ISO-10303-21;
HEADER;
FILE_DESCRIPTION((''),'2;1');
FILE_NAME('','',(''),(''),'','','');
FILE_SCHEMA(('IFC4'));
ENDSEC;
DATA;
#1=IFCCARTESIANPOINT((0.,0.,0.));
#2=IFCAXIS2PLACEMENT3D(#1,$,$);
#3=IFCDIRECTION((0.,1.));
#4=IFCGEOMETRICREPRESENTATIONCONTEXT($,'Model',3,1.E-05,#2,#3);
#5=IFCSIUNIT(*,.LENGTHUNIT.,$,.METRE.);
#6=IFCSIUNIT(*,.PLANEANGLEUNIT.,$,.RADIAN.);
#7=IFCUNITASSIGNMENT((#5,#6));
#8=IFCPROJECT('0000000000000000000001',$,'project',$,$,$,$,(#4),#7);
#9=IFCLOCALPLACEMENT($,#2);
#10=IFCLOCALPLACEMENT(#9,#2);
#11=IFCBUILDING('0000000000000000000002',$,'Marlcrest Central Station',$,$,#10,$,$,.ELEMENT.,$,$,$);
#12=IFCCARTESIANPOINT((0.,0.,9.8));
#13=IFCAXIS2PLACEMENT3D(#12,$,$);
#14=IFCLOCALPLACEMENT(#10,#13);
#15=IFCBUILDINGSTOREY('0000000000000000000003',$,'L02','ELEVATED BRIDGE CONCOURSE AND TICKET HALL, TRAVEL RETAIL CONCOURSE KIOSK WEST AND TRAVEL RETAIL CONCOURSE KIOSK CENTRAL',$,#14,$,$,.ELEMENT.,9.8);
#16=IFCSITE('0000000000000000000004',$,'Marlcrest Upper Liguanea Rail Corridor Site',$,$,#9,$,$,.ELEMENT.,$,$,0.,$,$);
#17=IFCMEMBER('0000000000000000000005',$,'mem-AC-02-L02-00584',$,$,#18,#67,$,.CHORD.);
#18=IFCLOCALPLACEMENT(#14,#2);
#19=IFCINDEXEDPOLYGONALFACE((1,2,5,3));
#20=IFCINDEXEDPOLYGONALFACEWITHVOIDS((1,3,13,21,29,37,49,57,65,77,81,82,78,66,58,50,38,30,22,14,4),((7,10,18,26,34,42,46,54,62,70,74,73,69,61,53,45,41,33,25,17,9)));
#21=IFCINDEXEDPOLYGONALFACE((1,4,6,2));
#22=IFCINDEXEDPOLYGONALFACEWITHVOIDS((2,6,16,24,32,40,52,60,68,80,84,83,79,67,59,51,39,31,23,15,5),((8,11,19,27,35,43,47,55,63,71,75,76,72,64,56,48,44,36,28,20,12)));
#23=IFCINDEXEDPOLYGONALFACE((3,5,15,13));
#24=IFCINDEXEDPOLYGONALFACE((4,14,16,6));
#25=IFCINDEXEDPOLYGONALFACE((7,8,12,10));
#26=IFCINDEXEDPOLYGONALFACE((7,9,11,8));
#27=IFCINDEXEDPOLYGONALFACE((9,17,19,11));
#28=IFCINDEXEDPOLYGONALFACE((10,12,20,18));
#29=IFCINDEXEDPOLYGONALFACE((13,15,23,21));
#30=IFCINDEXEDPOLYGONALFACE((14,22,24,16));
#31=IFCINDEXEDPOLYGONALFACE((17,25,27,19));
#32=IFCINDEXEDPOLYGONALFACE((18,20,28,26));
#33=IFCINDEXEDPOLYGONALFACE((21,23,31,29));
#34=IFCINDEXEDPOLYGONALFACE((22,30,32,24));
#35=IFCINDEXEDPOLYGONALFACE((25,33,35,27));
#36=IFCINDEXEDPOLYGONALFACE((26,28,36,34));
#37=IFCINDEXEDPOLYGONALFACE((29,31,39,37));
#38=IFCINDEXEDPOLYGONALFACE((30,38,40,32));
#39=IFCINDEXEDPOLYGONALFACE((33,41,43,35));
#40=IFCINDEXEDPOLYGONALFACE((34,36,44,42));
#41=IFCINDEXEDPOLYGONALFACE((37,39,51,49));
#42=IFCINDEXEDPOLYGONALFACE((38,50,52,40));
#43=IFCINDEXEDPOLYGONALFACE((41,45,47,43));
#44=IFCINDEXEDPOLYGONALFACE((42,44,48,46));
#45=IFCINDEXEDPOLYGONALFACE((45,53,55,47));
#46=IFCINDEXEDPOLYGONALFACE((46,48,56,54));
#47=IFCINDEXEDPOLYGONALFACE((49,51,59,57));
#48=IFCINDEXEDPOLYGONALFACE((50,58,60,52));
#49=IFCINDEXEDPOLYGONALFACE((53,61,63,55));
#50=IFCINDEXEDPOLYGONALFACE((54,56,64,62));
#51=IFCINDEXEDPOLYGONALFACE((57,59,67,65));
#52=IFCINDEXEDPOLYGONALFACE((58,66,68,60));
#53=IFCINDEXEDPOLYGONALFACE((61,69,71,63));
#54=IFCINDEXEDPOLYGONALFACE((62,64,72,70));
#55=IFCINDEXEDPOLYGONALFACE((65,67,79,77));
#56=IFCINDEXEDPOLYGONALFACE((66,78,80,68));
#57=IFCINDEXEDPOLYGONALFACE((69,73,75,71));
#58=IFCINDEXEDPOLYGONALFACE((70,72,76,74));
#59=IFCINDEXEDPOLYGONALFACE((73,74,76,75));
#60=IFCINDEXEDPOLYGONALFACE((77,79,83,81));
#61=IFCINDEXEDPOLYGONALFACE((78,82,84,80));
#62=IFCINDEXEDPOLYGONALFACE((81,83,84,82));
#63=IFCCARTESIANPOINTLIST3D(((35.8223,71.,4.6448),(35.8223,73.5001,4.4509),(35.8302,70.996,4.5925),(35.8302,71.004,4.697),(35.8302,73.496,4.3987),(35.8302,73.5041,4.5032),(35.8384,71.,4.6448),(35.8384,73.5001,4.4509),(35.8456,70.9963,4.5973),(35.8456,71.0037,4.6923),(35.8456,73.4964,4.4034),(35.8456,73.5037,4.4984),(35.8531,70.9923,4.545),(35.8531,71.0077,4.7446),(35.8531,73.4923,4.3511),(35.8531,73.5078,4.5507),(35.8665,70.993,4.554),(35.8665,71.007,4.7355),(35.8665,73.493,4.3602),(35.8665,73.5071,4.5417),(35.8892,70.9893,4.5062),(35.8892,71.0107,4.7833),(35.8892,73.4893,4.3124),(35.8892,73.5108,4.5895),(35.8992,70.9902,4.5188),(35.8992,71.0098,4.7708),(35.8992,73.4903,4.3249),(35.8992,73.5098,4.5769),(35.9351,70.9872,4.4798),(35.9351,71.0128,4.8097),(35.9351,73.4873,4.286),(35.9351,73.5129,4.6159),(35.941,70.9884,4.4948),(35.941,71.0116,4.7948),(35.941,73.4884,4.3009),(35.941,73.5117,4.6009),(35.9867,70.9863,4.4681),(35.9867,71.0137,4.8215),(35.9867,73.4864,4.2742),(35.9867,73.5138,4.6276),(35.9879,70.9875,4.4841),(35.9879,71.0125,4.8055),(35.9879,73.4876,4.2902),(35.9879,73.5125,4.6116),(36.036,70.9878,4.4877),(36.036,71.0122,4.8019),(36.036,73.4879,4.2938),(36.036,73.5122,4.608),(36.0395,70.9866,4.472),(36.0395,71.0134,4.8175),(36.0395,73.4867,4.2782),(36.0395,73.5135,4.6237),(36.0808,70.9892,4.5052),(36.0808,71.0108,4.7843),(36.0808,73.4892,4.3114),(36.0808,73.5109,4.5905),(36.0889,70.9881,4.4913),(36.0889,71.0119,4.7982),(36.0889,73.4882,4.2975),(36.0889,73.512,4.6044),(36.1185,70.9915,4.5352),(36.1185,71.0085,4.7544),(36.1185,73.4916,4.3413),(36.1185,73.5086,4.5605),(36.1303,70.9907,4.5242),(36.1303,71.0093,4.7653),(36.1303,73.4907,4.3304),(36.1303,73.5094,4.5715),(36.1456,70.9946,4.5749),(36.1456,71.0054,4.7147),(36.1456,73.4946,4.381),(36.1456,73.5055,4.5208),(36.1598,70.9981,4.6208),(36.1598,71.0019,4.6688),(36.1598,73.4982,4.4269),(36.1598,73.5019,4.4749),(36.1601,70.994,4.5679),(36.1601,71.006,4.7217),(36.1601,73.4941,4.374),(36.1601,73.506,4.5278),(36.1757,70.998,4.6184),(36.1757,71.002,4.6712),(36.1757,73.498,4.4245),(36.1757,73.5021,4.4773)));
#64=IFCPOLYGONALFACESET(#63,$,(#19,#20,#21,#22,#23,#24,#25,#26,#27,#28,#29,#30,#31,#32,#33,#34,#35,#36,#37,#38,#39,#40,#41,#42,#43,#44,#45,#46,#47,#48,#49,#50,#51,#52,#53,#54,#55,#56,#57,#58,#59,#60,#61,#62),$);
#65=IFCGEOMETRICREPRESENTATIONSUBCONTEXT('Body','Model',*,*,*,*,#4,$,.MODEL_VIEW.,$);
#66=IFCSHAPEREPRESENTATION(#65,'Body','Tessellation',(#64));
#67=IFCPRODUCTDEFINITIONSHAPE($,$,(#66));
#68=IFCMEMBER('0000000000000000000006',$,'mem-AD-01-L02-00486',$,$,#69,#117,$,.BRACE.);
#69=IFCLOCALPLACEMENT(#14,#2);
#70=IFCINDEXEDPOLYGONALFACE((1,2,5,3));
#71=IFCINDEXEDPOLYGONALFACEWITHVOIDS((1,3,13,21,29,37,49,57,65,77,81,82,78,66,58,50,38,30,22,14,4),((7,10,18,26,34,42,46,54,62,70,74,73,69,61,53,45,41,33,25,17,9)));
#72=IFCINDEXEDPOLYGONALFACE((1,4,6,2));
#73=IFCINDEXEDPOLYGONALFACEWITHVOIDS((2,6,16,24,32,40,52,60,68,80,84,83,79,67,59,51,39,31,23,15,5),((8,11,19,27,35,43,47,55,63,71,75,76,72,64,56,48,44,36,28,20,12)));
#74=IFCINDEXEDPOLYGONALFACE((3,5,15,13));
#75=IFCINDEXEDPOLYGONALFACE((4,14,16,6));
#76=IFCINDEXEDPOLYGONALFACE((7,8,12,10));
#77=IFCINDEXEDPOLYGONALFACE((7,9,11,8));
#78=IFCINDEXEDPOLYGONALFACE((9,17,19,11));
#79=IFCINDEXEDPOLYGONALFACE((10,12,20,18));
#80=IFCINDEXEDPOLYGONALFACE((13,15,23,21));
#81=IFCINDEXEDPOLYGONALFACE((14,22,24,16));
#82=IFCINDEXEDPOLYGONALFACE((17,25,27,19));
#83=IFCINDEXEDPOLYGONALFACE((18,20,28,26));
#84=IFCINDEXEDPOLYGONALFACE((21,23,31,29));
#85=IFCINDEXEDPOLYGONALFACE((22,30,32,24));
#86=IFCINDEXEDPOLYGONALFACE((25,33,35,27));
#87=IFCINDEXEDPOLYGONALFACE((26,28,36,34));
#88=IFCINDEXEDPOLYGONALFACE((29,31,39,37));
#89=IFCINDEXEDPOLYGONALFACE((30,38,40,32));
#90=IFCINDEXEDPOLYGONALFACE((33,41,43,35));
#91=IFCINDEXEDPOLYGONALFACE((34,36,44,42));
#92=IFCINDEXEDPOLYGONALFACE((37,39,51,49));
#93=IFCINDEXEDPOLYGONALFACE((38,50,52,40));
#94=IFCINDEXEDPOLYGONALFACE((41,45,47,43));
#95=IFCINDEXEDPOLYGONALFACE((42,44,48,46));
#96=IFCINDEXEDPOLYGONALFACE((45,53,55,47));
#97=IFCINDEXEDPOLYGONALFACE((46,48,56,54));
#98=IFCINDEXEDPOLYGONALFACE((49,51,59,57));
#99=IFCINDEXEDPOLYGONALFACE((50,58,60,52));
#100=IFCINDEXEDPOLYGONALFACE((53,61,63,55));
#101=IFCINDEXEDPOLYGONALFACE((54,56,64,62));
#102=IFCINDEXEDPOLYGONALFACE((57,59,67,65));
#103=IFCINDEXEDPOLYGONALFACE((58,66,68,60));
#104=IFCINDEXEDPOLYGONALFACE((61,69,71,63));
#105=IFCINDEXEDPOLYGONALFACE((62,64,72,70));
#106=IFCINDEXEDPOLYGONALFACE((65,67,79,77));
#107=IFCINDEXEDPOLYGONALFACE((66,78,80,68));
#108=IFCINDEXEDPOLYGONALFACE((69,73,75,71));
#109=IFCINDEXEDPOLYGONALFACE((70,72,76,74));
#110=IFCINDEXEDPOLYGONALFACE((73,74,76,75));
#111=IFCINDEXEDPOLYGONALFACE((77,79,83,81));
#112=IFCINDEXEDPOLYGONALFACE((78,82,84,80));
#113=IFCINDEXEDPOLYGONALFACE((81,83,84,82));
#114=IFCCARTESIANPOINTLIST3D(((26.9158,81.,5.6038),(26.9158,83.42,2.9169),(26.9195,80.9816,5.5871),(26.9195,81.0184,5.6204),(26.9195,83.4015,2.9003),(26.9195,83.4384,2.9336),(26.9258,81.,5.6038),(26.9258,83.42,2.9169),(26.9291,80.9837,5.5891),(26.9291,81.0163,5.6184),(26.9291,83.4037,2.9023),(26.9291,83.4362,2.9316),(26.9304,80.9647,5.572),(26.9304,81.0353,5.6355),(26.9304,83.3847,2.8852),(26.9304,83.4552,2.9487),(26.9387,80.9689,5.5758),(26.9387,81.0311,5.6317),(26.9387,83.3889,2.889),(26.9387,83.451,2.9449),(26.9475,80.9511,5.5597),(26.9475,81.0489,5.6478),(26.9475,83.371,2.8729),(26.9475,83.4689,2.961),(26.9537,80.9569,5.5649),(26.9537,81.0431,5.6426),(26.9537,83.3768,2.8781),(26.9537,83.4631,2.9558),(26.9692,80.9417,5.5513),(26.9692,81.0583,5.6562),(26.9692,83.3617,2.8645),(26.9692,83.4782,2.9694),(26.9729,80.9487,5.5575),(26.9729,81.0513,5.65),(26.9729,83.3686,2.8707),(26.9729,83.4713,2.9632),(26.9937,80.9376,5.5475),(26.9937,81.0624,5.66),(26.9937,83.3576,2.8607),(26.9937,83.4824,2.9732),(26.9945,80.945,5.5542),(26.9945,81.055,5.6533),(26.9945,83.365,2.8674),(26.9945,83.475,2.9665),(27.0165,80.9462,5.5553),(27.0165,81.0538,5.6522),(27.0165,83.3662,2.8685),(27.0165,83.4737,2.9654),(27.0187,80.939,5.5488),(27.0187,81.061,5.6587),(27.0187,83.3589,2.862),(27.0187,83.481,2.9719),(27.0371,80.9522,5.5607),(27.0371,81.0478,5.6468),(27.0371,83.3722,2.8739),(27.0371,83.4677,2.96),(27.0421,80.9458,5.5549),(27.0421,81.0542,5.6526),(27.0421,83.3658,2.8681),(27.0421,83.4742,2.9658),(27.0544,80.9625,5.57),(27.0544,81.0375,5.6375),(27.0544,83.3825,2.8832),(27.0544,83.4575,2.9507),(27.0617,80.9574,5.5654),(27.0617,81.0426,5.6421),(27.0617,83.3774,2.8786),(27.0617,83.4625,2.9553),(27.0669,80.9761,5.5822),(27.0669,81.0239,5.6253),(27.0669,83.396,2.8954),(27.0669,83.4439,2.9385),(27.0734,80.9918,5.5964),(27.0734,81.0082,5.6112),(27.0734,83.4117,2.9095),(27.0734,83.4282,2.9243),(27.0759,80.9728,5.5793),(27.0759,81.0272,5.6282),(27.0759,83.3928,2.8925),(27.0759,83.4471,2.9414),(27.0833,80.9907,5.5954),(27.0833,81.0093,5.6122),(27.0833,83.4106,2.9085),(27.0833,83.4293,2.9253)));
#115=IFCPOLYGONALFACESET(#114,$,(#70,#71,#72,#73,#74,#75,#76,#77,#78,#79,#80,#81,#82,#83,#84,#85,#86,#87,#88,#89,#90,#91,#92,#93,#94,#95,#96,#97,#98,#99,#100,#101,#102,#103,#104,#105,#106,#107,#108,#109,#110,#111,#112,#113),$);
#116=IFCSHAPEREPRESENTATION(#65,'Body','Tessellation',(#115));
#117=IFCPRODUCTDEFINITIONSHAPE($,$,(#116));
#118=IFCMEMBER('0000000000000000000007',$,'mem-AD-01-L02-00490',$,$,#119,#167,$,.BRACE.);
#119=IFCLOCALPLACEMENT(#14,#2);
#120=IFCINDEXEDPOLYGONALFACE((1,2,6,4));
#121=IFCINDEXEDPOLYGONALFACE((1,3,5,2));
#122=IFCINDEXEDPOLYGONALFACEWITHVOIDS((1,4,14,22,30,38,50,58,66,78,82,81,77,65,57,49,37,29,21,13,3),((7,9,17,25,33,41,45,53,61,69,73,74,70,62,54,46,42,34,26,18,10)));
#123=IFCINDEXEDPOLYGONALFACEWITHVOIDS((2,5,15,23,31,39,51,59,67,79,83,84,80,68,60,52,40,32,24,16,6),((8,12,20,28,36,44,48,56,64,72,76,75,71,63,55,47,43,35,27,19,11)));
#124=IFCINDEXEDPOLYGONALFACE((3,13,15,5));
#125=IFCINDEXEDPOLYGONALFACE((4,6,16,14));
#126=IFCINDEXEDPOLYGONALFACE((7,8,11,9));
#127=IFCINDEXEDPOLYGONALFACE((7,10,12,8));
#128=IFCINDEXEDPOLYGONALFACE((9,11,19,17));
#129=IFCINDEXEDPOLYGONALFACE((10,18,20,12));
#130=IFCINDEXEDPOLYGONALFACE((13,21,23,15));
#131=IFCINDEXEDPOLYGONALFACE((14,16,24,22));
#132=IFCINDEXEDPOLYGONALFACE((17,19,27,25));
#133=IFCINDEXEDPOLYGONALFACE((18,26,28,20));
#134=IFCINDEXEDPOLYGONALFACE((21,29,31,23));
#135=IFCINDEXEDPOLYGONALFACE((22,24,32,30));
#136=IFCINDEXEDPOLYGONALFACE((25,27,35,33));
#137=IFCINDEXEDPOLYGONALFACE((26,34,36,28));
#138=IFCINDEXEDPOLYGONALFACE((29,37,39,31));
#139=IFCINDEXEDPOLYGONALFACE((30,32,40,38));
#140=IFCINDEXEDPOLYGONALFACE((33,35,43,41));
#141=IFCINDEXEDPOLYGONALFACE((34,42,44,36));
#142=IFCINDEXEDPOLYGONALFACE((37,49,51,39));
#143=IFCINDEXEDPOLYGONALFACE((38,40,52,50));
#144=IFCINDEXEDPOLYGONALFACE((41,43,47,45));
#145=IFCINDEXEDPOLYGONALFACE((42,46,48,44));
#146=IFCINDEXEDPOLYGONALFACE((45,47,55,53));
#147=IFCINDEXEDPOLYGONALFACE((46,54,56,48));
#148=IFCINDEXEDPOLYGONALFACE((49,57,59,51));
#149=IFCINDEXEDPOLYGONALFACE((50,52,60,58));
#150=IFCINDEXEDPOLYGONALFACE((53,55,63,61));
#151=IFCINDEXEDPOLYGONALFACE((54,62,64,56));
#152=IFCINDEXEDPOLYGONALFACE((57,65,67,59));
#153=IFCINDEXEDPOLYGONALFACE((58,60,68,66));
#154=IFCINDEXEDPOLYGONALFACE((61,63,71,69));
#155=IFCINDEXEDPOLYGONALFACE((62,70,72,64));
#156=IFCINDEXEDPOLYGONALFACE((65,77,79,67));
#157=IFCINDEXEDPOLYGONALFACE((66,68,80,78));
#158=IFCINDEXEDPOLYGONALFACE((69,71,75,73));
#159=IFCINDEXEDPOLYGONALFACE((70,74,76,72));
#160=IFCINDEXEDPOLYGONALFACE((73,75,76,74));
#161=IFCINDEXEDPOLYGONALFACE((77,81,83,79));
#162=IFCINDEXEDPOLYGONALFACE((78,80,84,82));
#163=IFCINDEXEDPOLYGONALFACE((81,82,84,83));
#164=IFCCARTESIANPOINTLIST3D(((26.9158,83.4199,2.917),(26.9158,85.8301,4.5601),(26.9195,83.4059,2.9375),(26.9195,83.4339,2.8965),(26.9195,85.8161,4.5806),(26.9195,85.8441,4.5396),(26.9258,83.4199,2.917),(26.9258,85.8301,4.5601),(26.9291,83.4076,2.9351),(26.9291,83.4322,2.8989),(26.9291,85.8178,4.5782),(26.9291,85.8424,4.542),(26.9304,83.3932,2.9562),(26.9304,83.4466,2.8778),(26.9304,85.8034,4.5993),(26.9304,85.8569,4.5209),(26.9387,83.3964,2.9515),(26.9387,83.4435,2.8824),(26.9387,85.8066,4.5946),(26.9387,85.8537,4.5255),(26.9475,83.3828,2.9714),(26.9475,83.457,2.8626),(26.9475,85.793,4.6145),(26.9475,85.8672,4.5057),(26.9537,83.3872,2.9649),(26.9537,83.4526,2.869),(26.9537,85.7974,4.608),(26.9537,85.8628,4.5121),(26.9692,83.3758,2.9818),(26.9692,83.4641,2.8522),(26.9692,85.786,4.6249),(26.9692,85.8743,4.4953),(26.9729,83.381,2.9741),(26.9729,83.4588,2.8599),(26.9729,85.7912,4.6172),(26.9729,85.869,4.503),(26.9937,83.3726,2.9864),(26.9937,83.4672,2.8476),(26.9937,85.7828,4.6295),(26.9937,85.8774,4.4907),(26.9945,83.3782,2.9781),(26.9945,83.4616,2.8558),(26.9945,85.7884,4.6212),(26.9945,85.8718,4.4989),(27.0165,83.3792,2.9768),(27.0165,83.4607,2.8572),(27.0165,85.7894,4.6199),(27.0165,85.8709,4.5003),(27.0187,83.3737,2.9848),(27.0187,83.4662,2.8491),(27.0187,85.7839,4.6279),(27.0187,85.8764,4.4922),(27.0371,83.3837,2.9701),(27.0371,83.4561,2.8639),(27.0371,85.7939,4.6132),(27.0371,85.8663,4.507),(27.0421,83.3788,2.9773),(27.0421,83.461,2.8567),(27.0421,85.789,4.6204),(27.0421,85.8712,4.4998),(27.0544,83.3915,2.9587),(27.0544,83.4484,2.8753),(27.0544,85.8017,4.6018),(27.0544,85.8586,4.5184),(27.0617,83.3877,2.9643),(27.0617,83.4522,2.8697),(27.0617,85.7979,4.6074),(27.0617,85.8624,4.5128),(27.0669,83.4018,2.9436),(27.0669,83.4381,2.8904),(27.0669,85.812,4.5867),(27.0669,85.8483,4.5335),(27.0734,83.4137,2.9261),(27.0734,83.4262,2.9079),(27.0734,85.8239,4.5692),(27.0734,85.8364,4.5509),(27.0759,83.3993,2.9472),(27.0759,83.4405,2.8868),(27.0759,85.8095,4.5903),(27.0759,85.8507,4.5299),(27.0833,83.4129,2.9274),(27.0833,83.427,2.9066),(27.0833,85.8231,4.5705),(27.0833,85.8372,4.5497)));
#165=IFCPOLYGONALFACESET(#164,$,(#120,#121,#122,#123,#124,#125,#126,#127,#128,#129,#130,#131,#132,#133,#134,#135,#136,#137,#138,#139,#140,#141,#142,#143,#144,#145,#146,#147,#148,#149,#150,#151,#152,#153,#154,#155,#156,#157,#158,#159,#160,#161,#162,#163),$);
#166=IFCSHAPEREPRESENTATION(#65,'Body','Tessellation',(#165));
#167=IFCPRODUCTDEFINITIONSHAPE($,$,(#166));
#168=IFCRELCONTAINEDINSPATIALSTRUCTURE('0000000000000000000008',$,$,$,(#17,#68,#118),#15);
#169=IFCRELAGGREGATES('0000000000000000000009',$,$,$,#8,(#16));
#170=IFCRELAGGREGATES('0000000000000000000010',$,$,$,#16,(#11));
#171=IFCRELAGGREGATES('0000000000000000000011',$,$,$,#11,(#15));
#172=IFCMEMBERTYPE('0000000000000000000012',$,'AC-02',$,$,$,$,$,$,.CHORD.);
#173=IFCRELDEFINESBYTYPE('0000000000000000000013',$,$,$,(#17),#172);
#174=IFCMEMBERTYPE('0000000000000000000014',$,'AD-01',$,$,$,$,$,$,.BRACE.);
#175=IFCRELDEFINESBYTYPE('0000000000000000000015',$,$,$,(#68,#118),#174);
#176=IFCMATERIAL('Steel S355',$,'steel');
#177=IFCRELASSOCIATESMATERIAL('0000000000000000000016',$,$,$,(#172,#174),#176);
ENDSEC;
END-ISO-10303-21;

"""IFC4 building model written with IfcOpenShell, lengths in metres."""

from ifc_helpers import new_model, si_unit, direction, frame, origin, origin_2d, place, context, subcontext, project, spatial, hollow_circle, extrude, material, material_profile, profile_set, type_object, element, save


model = new_model("IFC4")

# Units and contexts
model_context = context("Model", 3, precision=1e-05, world=origin(), true_north=direction((0.0, 1.0)))
body_context = subcontext(model_context, "Body", "Model", "MODEL_VIEW")
ifc_project = project(units=[si_unit("LENGTHUNIT", "METRE"), si_unit("PLANEANGLEUNIT", "RADIAN")], contexts=[model_context])

# Site, building, storey
site_placement = place(None, origin())
site = spatial("IfcSite", under=ifc_project, at=site_placement, Name="Marlcrest Upper Liguanea Rail Corridor Site", CompositionType="ELEMENT", RefElevation=0.0)
building_placement = place(site_placement, origin())
building = spatial("IfcBuilding", under=site, at=building_placement, Name="Marlcrest Central Station", CompositionType="ELEMENT")
storey_placement = place(building_placement, frame((0.0, 0.0, 9.8)))
storey = spatial("IfcBuildingStorey", under=building, at=storey_placement, Name="L02", Description="ELEVATED BRIDGE CONCOURSE AND TICKET HALL, TRAVEL RETAIL CONCOURSE KIOSK WEST AND TRAVEL RETAIL CONCOURSE KIOSK CENTRAL", CompositionType="ELEMENT", Elevation=9.8)

# Members
ifc_material_1 = material(Name="Steel S355", Category="steel")
ifc_material_profile_1 = material_profile(ifc_material_1, hollow_circle(Radius=0.1777, WallThickness=0.0161, at=origin_2d()), Name="CHS 355.6x16")
ifc_profile_set_1 = profile_set([ifc_material_profile_1], Name="Steel S355")
member_type_1 = type_object("IfcMemberType", Name="AC-02", PredefinedType="CHORD", material=ifc_profile_set_1)
member_1_placement = place(storey_placement, frame((36.0, 71.0, 4.6448), z_axis=(0.0, 0.997007, -0.077307), x_axis=(-1.0, 0.0, 0.0)))
element("IfcMember", 1, at=member_1_placement, inside=storey, type_object=member_type_1, Name="mem-AC-02-L02-00584", PredefinedType="CHORD", context=body_context, shape_type="SweptSolid", body=[
    extrude(hollow_circle(Radius=0.1777, WallThickness=0.0161, at=origin_2d()), origin(), (0.0, 0.0, 1.0), 2.5076),
])
ifc_material_profile_2 = material_profile(ifc_material_1, hollow_circle(Radius=0.0842, WallThickness=0.01, at=origin_2d()), Name="CHS 168.3x10")
ifc_profile_set_2 = profile_set([ifc_material_profile_2], Name="Steel S355")
member_type_2 = type_object("IfcMemberType", Name="AD-01", PredefinedType="BRACE", material=ifc_profile_set_2)
member_2_placement = place(storey_placement, frame((27.0, 81.0, 5.6038), z_axis=(0.0, 0.669244, -0.743042), x_axis=(-1.0, 0.0, 0.0)))
element("IfcMember", 2, at=member_2_placement, inside=storey, type_object=member_type_2, Name="mem-AD-01-L02-00486", PredefinedType="BRACE", context=body_context, shape_type="SweptSolid", body=[
    extrude(hollow_circle(Radius=0.0842, WallThickness=0.01, at=origin_2d()), origin(), (0.0, 0.0, 1.0), 3.616),
])
member_3_placement = place(storey_placement, frame((27.0, 83.4199, 2.917), z_axis=(0.0, 0.826263, 0.563285), x_axis=(-1.0, 0.0, 0.0)))
element("IfcMember", 3, at=member_3_placement, inside=storey, type_object=member_type_2, Name="mem-AD-01-L02-00490", PredefinedType="BRACE", context=body_context, shape_type="SweptSolid", body=[
    extrude(hollow_circle(Radius=0.0842, WallThickness=0.01, at=origin_2d()), origin(), (0.0, 0.0, 1.0), 2.917),
])

save(model, "model.ifc")
